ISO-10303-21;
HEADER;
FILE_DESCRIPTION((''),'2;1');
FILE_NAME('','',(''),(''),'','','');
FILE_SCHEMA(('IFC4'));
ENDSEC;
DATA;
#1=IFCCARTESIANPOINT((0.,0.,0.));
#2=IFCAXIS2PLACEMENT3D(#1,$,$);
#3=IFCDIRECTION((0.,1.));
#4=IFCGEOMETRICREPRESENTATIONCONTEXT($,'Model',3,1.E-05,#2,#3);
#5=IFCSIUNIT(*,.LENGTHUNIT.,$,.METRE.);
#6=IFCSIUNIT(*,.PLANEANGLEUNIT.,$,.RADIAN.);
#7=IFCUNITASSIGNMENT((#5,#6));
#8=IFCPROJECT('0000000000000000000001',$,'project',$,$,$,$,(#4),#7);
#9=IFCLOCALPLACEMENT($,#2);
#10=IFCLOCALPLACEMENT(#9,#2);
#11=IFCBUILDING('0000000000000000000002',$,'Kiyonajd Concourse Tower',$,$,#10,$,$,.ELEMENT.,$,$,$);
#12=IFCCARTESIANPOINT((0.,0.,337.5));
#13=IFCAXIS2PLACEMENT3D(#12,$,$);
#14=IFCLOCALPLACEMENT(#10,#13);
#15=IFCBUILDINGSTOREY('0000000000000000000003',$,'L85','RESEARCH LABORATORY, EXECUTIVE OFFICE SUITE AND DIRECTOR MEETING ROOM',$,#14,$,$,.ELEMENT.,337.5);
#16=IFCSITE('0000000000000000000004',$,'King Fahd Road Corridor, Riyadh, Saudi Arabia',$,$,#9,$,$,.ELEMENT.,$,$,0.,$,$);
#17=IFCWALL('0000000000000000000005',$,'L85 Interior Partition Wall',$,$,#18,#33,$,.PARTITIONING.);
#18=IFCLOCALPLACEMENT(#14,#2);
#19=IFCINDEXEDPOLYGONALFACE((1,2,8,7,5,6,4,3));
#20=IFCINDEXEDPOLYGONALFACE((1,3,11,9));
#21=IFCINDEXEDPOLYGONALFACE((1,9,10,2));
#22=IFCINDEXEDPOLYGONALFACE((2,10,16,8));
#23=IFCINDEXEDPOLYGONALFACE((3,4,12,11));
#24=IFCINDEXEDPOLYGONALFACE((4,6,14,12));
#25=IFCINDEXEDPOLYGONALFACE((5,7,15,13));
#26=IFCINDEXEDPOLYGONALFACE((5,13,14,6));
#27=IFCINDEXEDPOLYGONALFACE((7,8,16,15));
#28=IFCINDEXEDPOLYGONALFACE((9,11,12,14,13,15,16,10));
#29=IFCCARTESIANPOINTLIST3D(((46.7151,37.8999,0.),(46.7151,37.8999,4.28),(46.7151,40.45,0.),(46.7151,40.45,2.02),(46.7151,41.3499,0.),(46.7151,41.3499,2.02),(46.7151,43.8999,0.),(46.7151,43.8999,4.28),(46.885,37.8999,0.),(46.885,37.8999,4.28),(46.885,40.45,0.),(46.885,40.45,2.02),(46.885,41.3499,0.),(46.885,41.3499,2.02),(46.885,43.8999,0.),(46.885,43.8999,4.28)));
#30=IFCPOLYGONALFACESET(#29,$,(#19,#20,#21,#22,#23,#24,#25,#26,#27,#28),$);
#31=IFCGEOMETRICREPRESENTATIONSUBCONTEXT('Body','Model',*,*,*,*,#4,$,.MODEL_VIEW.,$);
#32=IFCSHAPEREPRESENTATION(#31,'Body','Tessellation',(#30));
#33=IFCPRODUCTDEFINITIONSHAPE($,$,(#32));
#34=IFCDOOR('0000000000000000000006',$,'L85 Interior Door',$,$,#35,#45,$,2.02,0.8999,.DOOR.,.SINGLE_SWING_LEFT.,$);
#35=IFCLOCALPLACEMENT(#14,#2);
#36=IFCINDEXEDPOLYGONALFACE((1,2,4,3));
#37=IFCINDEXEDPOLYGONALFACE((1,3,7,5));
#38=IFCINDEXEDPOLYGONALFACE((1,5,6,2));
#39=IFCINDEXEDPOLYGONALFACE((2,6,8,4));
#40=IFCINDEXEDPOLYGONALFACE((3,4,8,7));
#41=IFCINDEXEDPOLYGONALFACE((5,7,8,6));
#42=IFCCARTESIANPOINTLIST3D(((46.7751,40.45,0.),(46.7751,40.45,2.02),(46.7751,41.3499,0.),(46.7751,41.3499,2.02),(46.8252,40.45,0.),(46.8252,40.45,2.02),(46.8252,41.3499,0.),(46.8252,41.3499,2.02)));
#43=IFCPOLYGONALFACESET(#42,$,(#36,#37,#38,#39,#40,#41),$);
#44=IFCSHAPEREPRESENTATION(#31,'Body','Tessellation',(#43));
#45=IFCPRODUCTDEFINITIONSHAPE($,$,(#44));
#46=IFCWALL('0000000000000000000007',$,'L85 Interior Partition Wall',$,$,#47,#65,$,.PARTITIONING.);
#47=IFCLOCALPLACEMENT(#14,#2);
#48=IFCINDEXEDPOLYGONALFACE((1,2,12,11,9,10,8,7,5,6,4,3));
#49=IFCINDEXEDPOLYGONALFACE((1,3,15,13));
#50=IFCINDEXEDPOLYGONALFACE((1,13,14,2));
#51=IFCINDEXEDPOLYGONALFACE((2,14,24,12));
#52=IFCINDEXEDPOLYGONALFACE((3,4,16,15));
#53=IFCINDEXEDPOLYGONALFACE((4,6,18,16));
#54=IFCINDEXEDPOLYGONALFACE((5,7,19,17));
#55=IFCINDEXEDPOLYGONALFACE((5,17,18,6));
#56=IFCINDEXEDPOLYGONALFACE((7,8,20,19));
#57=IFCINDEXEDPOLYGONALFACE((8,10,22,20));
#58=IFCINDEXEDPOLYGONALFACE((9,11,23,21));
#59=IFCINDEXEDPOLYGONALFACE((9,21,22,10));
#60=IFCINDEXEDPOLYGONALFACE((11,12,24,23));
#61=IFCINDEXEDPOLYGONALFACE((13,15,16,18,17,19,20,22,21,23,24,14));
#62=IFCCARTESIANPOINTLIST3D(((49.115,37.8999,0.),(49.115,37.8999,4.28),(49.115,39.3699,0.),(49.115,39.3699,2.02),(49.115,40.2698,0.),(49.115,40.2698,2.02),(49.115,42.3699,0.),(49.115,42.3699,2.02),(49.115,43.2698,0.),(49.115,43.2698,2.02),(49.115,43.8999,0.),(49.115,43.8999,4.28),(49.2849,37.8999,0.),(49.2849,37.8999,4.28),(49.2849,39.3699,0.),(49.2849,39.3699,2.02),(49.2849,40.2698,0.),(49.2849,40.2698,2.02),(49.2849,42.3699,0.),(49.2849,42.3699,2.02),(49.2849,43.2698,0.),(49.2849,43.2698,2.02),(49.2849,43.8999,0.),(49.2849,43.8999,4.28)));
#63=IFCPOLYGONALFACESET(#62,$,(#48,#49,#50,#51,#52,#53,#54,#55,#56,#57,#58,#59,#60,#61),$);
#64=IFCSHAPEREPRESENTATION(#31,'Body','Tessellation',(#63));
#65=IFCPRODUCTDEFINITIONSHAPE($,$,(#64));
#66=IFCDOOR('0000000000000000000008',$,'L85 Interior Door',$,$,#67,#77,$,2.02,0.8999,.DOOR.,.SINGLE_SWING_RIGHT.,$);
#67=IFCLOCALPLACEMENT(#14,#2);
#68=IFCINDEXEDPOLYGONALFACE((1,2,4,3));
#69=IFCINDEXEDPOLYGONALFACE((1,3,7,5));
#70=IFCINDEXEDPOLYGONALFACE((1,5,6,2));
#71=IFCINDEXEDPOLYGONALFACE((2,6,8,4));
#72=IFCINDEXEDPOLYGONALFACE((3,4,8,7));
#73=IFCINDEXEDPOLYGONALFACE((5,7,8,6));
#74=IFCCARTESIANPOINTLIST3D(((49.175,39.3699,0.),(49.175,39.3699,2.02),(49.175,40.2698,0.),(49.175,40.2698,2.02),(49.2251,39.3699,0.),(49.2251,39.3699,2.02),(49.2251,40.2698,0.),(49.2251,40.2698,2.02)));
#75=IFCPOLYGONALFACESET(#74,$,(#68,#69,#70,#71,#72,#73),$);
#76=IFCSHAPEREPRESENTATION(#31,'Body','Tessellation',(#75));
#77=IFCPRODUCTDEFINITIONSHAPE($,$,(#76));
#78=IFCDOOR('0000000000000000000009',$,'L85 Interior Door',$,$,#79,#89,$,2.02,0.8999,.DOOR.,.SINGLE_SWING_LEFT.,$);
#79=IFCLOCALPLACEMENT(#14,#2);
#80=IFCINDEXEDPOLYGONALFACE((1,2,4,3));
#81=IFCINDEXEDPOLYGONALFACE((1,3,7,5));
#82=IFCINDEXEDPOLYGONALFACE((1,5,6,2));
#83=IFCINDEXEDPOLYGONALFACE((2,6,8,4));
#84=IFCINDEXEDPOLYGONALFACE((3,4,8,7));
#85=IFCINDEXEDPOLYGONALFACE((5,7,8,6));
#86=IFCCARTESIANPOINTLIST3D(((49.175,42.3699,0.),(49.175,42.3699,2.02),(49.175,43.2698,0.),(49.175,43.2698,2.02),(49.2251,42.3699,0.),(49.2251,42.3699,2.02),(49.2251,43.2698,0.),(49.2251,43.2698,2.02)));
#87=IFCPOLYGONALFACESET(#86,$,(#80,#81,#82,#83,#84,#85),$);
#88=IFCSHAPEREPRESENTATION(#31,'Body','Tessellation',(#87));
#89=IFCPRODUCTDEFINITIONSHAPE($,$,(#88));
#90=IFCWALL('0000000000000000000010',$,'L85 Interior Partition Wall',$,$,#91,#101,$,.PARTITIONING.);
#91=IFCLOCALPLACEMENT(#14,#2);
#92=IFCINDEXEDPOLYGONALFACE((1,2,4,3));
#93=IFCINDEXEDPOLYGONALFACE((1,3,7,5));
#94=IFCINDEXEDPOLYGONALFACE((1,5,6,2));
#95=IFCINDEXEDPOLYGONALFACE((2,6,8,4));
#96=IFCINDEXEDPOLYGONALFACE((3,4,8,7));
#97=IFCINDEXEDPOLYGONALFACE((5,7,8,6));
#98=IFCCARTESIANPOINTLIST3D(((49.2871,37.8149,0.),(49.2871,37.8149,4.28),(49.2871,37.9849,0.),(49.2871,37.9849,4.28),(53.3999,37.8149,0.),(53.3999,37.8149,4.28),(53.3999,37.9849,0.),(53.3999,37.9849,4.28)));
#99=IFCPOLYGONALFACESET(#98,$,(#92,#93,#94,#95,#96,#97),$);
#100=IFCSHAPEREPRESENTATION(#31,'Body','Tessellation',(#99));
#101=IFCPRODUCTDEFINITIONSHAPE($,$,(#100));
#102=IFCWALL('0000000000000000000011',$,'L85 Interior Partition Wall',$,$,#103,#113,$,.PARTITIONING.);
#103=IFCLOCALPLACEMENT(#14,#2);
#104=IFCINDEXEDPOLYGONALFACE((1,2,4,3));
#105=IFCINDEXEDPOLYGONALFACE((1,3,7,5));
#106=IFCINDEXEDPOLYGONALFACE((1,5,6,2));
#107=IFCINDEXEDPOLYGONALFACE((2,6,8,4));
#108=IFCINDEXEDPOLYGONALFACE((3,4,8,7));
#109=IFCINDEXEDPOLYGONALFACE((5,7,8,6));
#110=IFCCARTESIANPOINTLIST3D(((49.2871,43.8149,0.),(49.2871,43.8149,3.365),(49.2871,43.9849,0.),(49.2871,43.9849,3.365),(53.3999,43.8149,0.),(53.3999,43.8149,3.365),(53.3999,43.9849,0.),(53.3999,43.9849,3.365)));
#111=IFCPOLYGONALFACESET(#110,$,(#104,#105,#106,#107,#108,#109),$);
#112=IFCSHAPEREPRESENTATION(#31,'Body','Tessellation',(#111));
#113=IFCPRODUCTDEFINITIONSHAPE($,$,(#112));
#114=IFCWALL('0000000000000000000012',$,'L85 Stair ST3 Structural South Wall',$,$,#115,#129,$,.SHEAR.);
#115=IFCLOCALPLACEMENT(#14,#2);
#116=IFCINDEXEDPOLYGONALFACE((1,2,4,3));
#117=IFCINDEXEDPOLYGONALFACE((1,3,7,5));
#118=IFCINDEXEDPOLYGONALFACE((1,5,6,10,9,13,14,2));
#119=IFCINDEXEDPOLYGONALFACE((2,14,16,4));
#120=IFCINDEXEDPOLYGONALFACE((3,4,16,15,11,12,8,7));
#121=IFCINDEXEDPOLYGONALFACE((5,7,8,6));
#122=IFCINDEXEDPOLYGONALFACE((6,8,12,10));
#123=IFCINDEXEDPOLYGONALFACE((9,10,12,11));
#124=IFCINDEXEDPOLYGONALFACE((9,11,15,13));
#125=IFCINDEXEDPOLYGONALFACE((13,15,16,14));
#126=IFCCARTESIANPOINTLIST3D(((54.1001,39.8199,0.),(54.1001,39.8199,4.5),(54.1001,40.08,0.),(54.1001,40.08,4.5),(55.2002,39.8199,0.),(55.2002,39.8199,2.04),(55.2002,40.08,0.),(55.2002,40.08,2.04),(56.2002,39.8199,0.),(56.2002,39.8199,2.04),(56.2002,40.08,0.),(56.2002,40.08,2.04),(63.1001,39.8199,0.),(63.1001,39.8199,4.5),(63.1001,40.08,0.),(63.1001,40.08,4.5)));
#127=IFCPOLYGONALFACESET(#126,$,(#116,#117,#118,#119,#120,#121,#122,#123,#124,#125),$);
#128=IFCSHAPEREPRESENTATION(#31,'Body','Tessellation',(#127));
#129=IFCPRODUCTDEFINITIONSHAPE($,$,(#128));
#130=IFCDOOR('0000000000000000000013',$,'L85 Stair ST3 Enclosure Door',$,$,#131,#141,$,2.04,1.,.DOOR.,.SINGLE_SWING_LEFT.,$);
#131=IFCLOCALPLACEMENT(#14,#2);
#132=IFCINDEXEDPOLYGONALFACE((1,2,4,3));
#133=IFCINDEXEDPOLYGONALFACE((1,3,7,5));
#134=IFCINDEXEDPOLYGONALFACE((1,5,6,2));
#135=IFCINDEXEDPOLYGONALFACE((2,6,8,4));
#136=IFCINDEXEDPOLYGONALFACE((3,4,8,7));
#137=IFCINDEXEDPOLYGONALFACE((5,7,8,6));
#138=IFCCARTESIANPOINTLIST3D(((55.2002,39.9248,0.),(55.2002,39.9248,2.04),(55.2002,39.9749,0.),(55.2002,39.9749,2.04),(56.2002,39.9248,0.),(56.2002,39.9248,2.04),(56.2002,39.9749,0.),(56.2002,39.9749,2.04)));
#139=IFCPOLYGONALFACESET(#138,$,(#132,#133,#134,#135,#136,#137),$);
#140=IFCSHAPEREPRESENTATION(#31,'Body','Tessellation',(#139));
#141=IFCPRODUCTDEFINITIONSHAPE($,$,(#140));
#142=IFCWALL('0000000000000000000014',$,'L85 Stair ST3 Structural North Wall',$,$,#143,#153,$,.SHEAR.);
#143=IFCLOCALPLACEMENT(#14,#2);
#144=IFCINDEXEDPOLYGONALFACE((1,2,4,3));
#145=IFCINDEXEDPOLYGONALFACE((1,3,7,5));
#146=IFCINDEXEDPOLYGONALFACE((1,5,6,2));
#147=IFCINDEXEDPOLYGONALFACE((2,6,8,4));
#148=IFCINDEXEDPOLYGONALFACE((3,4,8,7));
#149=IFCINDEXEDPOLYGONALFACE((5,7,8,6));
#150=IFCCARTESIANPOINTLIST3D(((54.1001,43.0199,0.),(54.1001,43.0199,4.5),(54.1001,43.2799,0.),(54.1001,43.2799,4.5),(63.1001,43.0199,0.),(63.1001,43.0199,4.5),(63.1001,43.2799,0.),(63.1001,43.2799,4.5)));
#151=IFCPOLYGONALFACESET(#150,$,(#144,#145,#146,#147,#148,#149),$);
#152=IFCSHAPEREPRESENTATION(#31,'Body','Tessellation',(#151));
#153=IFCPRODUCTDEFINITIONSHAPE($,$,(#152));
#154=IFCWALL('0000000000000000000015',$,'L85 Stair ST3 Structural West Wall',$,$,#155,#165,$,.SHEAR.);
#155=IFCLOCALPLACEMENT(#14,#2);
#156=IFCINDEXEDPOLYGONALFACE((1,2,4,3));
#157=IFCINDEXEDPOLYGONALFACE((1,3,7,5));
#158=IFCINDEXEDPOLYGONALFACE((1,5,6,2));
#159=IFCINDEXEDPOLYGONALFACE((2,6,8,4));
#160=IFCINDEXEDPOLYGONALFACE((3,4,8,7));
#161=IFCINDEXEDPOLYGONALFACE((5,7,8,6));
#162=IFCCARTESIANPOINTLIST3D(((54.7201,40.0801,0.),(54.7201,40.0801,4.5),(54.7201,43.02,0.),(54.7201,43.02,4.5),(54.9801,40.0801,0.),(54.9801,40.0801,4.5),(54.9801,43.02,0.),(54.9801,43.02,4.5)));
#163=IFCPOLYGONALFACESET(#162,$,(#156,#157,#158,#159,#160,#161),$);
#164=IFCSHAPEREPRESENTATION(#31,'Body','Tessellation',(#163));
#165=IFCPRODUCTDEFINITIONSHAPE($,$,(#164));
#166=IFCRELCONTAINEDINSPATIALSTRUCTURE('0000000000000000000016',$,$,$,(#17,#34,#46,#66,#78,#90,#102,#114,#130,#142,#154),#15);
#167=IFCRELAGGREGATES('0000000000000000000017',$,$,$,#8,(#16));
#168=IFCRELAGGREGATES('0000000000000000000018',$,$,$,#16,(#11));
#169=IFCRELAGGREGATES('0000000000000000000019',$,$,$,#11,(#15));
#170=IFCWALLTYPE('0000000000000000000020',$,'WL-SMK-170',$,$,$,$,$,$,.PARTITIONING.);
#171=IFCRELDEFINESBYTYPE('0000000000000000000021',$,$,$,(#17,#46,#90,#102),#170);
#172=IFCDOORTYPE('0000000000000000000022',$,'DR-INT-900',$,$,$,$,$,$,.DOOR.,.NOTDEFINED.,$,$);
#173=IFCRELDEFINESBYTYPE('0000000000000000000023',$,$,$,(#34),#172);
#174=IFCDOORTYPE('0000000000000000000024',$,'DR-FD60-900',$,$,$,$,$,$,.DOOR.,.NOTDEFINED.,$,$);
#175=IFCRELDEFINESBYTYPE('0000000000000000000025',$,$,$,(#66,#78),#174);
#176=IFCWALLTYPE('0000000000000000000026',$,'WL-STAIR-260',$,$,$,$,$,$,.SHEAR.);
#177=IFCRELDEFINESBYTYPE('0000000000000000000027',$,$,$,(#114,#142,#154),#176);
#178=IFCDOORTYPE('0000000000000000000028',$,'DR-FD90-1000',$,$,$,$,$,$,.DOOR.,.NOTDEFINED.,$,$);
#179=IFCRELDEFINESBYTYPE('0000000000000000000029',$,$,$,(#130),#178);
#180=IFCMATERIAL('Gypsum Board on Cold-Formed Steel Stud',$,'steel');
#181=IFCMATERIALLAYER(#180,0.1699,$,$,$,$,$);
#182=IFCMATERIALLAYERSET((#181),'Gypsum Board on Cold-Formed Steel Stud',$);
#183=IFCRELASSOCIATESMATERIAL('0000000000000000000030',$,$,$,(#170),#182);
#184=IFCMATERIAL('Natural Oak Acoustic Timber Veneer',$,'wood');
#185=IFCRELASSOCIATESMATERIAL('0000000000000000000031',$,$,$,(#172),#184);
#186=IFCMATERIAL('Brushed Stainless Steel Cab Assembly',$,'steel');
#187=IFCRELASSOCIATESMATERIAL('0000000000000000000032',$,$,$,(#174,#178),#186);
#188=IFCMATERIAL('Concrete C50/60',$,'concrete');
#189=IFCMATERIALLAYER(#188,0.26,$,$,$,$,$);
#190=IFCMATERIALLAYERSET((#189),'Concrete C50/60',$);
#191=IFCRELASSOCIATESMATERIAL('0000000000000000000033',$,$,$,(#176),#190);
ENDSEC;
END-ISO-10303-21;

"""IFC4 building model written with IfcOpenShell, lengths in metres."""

from ifc_helpers import new_model, si_unit, direction, frame, frame_2d, origin, place, context, subcontext, project, spatial, rectangle, extrude, material, layer, layer_set, type_object, element, fill, save


model = new_model("IFC4")

# Units and contexts
model_context = context("Model", 3, precision=1e-05, world=origin(), true_north=direction((0.0, 1.0)))
body_context = subcontext(model_context, "Body", "Model", "MODEL_VIEW")
ifc_project = project(units=[si_unit("LENGTHUNIT", "METRE"), si_unit("PLANEANGLEUNIT", "RADIAN")], contexts=[model_context])

# Site, building, storey
site_placement = place(None, origin())
site = spatial("IfcSite", under=ifc_project, at=site_placement, Name="King Fahd Road Corridor, Riyadh, Saudi Arabia", CompositionType="ELEMENT", RefElevation=0.0)
building_placement = place(site_placement, origin())
building = spatial("IfcBuilding", under=site, at=building_placement, Name="Kiyonajd Concourse Tower", CompositionType="ELEMENT")
storey_placement = place(building_placement, frame((0.0, 0.0, 337.5)))
storey = spatial("IfcBuildingStorey", under=building, at=storey_placement, Name="L85", Description="RESEARCH LABORATORY, EXECUTIVE OFFICE SUITE AND DIRECTOR MEETING ROOM", CompositionType="ELEMENT", Elevation=337.5)

# Shared definitions
ifc_material_1 = material(Name="Concrete C50/60", Category="concrete")

# Shared definitions
ifc_material_2 = material(Name="Gypsum Board on Cold-Formed Steel Stud", Category="steel")

# Shared definitions
ifc_material_3 = material(Name="Brushed Stainless Steel Cab Assembly", Category="steel")

# Wall, opening, door
ifc_layer_1 = layer(ifc_material_2, 0.1699)
ifc_layer_set_1 = layer_set([ifc_layer_1], Name="Gypsum Board on Cold-Formed Steel Stud")
wall_type_1 = type_object("IfcWallType", Name="WL-SMK-170", PredefinedType="PARTITIONING", material=ifc_layer_set_1)
wall_1_placement = place(storey_placement, frame((46.8, 37.8999, 0.0), z_axis=(0.0, 0.0, 1.0), x_axis=(0.0, 1.0, 0.0)))
wall_1 = element("IfcWall", 1, at=wall_1_placement, inside=storey, type_object=wall_type_1, Name="L85 Interior Partition Wall", PredefinedType="PARTITIONING", context=body_context, shape_type="SweptSolid", body=[
    extrude(rectangle(XDim=6.0, YDim=0.1699, at=frame_2d((3.0, 0.0))), origin(), (0.0, 0.0, 1.0), 4.28),
])
opening_1_placement = place(wall_1_placement, frame((2.55, 0.0, 0.0)))
opening_1 = element("IfcOpeningElement", 2, at=opening_1_placement, cuts=wall_1, PredefinedType="OPENING", context=body_context, shape_type="SweptSolid", body=[
    extrude(rectangle(XDim=0.8999, YDim=2.02, at=frame_2d((0.45, 1.01))), frame((0.0, 0.095, 0.0), z_axis=(0.0, -1.0, 0.0), x_axis=(1.0, 0.0, 0.0)), (0.0, 0.0, 1.0), 0.1899),
])
ifc_material_4 = material(Name="Natural Oak Acoustic Timber Veneer", Category="wood")
door_type_1 = type_object("IfcDoorType", Name="DR-INT-900", OperationType="NOTDEFINED", PredefinedType="DOOR", material=ifc_material_4)
door_1_placement = place(opening_1_placement, origin())
door_1 = element("IfcDoor", 3, at=door_1_placement, inside=storey, type_object=door_type_1, Name="L85 Interior Door", OperationType="SINGLE_SWING_LEFT", OverallHeight=2.02, OverallWidth=0.8999, PredefinedType="DOOR", context=body_context, shape_type="SweptSolid", body=[
    extrude(rectangle(XDim=0.8999, YDim=2.02, at=frame_2d((0.45, 1.01))), frame((0.0, 0.0249, 0.0), z_axis=(0.0, -1.0, 0.0), x_axis=(1.0, 0.0, 0.0)), (0.0, 0.0, 1.0), 0.05),
])
fill(opening_1, door_1)

# Wall, openings, doors
wall_2_placement = place(storey_placement, frame((49.2, 37.8999, 0.0), z_axis=(0.0, 0.0, 1.0), x_axis=(0.0, 1.0, 0.0)))
wall_2 = element("IfcWall", 4, at=wall_2_placement, inside=storey, type_object=wall_type_1, Name="L85 Interior Partition Wall", PredefinedType="PARTITIONING", context=body_context, shape_type="SweptSolid", body=[
    extrude(rectangle(XDim=6.0, YDim=0.1699, at=frame_2d((3.0, 0.0))), origin(), (0.0, 0.0, 1.0), 4.28),
])
opening_2_placement = place(wall_2_placement, frame((1.47, 0.0, 0.0)))
opening_2 = element("IfcOpeningElement", 5, at=opening_2_placement, cuts=wall_2, PredefinedType="OPENING", context=body_context, shape_type="SweptSolid", body=[
    extrude(rectangle(XDim=0.8999, YDim=2.02, at=frame_2d((0.45, 1.01))), frame((0.0, 0.095, 0.0), z_axis=(0.0, -1.0, 0.0), x_axis=(1.0, 0.0, 0.0)), (0.0, 0.0, 1.0), 0.1899),
])
opening_3_placement = place(wall_2_placement, frame((4.47, 0.0, 0.0)))
opening_3 = element("IfcOpeningElement", 6, at=opening_3_placement, cuts=wall_2, PredefinedType="OPENING", context=body_context, shape_type="SweptSolid", body=[
    extrude(rectangle(XDim=0.8999, YDim=2.02, at=frame_2d((0.45, 1.01))), frame((0.0, 0.095, 0.0), z_axis=(0.0, -1.0, 0.0), x_axis=(1.0, 0.0, 0.0)), (0.0, 0.0, 1.0), 0.1899),
])
door_type_2 = type_object("IfcDoorType", Name="DR-FD60-900", OperationType="NOTDEFINED", PredefinedType="DOOR", material=ifc_material_3)
door_2_placement = place(opening_2_placement, origin())
door_2 = element("IfcDoor", 7, at=door_2_placement, inside=storey, type_object=door_type_2, Name="L85 Interior Door", OperationType="SINGLE_SWING_RIGHT", OverallHeight=2.02, OverallWidth=0.8999, PredefinedType="DOOR", context=body_context, shape_type="SweptSolid", body=[
    extrude(rectangle(XDim=0.8999, YDim=2.02, at=frame_2d((0.45, 1.01))), frame((0.0, 0.0249, 0.0), z_axis=(0.0, -1.0, 0.0), x_axis=(1.0, 0.0, 0.0)), (0.0, 0.0, 1.0), 0.05),
])
fill(opening_2, door_2)
door_3_placement = place(opening_3_placement, origin())
door_3 = element("IfcDoor", 8, at=door_3_placement, inside=storey, type_object=door_type_2, Name="L85 Interior Door", OperationType="SINGLE_SWING_LEFT", OverallHeight=2.02, OverallWidth=0.8999, PredefinedType="DOOR", context=body_context, shape_type="SweptSolid", body=[
    extrude(rectangle(XDim=0.8999, YDim=2.02, at=frame_2d((0.45, 1.01))), frame((0.0, 0.0249, 0.0), z_axis=(0.0, -1.0, 0.0), x_axis=(1.0, 0.0, 0.0)), (0.0, 0.0, 1.0), 0.05),
])
fill(opening_3, door_3)

# Walls
wall_3_placement = place(storey_placement, frame((49.2871, 37.8999, 0.0), z_axis=(0.0, 0.0, 1.0), x_axis=(1.0, 0.0, 0.0)))
element("IfcWall", 9, at=wall_3_placement, inside=storey, type_object=wall_type_1, Name="L85 Interior Partition Wall", PredefinedType="PARTITIONING", context=body_context, shape_type="SweptSolid", body=[
    extrude(rectangle(XDim=4.1128, YDim=0.1699, at=frame_2d((2.0564, 0.0))), origin(), (0.0, 0.0, 1.0), 4.28),
])
wall_4_placement = place(storey_placement, frame((49.2871, 43.8999, 0.0), z_axis=(0.0, 0.0, 1.0), x_axis=(1.0, 0.0, 0.0)))
element("IfcWall", 10, at=wall_4_placement, inside=storey, type_object=wall_type_1, Name="L85 Interior Partition Wall", PredefinedType="PARTITIONING", context=body_context, shape_type="SweptSolid", body=[
    extrude(rectangle(XDim=4.1128, YDim=0.1699, at=frame_2d((2.0564, 0.0))), origin(), (0.0, 0.0, 1.0), 3.365),
])

# Wall, opening, door
ifc_layer_2 = layer(ifc_material_1, 0.26)
ifc_layer_set_2 = layer_set([ifc_layer_2], Name="Concrete C50/60")
wall_type_2 = type_object("IfcWallType", Name="WL-STAIR-260", PredefinedType="SHEAR", material=ifc_layer_set_2)
wall_5_placement = place(storey_placement, frame((54.1001, 39.95, 0.0), z_axis=(0.0, 0.0, 1.0), x_axis=(1.0, 0.0, 0.0)))
wall_5 = element("IfcWall", 11, at=wall_5_placement, inside=storey, type_object=wall_type_2, Name="L85 Stair ST3 Structural South Wall", PredefinedType="SHEAR", context=body_context, shape_type="SweptSolid", body=[
    extrude(rectangle(XDim=9.0, YDim=0.26, at=frame_2d((4.5, 0.0))), origin(), (0.0, 0.0, 1.0), 4.5),
])
opening_4_placement = place(wall_5_placement, frame((1.1001, 0.0, 0.0)))
opening_4 = element("IfcOpeningElement", 12, at=opening_4_placement, cuts=wall_5, PredefinedType="OPENING", context=body_context, shape_type="SweptSolid", body=[
    extrude(rectangle(XDim=1.0, YDim=2.04, at=frame_2d((0.5, 1.02))), frame((0.0, 0.1399, 0.0), z_axis=(0.0, -1.0, 0.0), x_axis=(1.0, 0.0, 0.0)), (0.0, 0.0, 1.0), 0.28),
])
door_type_3 = type_object("IfcDoorType", Name="DR-FD90-1000", OperationType="NOTDEFINED", PredefinedType="DOOR", material=ifc_material_3)
door_4_placement = place(opening_4_placement, origin())
door_4 = element("IfcDoor", 13, at=door_4_placement, inside=storey, type_object=door_type_3, Name="L85 Stair ST3 Enclosure Door", OperationType="SINGLE_SWING_LEFT", OverallHeight=2.04, OverallWidth=1.0, PredefinedType="DOOR", context=body_context, shape_type="SweptSolid", body=[
    extrude(rectangle(XDim=1.0, YDim=2.04, at=frame_2d((0.5, 1.02))), frame((0.0, 0.0249, 0.0), z_axis=(0.0, -1.0, 0.0), x_axis=(1.0, 0.0, 0.0)), (0.0, 0.0, 1.0), 0.05),
])
fill(opening_4, door_4)

# Walls
wall_6_placement = place(storey_placement, frame((54.1001, 43.1499, 0.0), z_axis=(0.0, 0.0, 1.0), x_axis=(1.0, 0.0, 0.0)))
element("IfcWall", 14, at=wall_6_placement, inside=storey, type_object=wall_type_2, Name="L85 Stair ST3 Structural North Wall", PredefinedType="SHEAR", context=body_context, shape_type="SweptSolid", body=[
    extrude(rectangle(XDim=9.0, YDim=0.26, at=frame_2d((4.5, 0.0))), origin(), (0.0, 0.0, 1.0), 4.5),
])
wall_7_placement = place(storey_placement, frame((54.8501, 40.0801, 0.0), z_axis=(0.0, 0.0, 1.0), x_axis=(0.0, 1.0, 0.0)))
element("IfcWall", 15, at=wall_7_placement, inside=storey, type_object=wall_type_2, Name="L85 Stair ST3 Structural West Wall", PredefinedType="SHEAR", context=body_context, shape_type="SweptSolid", body=[
    extrude(rectangle(XDim=2.9399, YDim=0.26, at=frame_2d((1.47, 0.0))), origin(), (0.0, 0.0, 1.0), 4.5),
])

save(model, "model.ifc")
